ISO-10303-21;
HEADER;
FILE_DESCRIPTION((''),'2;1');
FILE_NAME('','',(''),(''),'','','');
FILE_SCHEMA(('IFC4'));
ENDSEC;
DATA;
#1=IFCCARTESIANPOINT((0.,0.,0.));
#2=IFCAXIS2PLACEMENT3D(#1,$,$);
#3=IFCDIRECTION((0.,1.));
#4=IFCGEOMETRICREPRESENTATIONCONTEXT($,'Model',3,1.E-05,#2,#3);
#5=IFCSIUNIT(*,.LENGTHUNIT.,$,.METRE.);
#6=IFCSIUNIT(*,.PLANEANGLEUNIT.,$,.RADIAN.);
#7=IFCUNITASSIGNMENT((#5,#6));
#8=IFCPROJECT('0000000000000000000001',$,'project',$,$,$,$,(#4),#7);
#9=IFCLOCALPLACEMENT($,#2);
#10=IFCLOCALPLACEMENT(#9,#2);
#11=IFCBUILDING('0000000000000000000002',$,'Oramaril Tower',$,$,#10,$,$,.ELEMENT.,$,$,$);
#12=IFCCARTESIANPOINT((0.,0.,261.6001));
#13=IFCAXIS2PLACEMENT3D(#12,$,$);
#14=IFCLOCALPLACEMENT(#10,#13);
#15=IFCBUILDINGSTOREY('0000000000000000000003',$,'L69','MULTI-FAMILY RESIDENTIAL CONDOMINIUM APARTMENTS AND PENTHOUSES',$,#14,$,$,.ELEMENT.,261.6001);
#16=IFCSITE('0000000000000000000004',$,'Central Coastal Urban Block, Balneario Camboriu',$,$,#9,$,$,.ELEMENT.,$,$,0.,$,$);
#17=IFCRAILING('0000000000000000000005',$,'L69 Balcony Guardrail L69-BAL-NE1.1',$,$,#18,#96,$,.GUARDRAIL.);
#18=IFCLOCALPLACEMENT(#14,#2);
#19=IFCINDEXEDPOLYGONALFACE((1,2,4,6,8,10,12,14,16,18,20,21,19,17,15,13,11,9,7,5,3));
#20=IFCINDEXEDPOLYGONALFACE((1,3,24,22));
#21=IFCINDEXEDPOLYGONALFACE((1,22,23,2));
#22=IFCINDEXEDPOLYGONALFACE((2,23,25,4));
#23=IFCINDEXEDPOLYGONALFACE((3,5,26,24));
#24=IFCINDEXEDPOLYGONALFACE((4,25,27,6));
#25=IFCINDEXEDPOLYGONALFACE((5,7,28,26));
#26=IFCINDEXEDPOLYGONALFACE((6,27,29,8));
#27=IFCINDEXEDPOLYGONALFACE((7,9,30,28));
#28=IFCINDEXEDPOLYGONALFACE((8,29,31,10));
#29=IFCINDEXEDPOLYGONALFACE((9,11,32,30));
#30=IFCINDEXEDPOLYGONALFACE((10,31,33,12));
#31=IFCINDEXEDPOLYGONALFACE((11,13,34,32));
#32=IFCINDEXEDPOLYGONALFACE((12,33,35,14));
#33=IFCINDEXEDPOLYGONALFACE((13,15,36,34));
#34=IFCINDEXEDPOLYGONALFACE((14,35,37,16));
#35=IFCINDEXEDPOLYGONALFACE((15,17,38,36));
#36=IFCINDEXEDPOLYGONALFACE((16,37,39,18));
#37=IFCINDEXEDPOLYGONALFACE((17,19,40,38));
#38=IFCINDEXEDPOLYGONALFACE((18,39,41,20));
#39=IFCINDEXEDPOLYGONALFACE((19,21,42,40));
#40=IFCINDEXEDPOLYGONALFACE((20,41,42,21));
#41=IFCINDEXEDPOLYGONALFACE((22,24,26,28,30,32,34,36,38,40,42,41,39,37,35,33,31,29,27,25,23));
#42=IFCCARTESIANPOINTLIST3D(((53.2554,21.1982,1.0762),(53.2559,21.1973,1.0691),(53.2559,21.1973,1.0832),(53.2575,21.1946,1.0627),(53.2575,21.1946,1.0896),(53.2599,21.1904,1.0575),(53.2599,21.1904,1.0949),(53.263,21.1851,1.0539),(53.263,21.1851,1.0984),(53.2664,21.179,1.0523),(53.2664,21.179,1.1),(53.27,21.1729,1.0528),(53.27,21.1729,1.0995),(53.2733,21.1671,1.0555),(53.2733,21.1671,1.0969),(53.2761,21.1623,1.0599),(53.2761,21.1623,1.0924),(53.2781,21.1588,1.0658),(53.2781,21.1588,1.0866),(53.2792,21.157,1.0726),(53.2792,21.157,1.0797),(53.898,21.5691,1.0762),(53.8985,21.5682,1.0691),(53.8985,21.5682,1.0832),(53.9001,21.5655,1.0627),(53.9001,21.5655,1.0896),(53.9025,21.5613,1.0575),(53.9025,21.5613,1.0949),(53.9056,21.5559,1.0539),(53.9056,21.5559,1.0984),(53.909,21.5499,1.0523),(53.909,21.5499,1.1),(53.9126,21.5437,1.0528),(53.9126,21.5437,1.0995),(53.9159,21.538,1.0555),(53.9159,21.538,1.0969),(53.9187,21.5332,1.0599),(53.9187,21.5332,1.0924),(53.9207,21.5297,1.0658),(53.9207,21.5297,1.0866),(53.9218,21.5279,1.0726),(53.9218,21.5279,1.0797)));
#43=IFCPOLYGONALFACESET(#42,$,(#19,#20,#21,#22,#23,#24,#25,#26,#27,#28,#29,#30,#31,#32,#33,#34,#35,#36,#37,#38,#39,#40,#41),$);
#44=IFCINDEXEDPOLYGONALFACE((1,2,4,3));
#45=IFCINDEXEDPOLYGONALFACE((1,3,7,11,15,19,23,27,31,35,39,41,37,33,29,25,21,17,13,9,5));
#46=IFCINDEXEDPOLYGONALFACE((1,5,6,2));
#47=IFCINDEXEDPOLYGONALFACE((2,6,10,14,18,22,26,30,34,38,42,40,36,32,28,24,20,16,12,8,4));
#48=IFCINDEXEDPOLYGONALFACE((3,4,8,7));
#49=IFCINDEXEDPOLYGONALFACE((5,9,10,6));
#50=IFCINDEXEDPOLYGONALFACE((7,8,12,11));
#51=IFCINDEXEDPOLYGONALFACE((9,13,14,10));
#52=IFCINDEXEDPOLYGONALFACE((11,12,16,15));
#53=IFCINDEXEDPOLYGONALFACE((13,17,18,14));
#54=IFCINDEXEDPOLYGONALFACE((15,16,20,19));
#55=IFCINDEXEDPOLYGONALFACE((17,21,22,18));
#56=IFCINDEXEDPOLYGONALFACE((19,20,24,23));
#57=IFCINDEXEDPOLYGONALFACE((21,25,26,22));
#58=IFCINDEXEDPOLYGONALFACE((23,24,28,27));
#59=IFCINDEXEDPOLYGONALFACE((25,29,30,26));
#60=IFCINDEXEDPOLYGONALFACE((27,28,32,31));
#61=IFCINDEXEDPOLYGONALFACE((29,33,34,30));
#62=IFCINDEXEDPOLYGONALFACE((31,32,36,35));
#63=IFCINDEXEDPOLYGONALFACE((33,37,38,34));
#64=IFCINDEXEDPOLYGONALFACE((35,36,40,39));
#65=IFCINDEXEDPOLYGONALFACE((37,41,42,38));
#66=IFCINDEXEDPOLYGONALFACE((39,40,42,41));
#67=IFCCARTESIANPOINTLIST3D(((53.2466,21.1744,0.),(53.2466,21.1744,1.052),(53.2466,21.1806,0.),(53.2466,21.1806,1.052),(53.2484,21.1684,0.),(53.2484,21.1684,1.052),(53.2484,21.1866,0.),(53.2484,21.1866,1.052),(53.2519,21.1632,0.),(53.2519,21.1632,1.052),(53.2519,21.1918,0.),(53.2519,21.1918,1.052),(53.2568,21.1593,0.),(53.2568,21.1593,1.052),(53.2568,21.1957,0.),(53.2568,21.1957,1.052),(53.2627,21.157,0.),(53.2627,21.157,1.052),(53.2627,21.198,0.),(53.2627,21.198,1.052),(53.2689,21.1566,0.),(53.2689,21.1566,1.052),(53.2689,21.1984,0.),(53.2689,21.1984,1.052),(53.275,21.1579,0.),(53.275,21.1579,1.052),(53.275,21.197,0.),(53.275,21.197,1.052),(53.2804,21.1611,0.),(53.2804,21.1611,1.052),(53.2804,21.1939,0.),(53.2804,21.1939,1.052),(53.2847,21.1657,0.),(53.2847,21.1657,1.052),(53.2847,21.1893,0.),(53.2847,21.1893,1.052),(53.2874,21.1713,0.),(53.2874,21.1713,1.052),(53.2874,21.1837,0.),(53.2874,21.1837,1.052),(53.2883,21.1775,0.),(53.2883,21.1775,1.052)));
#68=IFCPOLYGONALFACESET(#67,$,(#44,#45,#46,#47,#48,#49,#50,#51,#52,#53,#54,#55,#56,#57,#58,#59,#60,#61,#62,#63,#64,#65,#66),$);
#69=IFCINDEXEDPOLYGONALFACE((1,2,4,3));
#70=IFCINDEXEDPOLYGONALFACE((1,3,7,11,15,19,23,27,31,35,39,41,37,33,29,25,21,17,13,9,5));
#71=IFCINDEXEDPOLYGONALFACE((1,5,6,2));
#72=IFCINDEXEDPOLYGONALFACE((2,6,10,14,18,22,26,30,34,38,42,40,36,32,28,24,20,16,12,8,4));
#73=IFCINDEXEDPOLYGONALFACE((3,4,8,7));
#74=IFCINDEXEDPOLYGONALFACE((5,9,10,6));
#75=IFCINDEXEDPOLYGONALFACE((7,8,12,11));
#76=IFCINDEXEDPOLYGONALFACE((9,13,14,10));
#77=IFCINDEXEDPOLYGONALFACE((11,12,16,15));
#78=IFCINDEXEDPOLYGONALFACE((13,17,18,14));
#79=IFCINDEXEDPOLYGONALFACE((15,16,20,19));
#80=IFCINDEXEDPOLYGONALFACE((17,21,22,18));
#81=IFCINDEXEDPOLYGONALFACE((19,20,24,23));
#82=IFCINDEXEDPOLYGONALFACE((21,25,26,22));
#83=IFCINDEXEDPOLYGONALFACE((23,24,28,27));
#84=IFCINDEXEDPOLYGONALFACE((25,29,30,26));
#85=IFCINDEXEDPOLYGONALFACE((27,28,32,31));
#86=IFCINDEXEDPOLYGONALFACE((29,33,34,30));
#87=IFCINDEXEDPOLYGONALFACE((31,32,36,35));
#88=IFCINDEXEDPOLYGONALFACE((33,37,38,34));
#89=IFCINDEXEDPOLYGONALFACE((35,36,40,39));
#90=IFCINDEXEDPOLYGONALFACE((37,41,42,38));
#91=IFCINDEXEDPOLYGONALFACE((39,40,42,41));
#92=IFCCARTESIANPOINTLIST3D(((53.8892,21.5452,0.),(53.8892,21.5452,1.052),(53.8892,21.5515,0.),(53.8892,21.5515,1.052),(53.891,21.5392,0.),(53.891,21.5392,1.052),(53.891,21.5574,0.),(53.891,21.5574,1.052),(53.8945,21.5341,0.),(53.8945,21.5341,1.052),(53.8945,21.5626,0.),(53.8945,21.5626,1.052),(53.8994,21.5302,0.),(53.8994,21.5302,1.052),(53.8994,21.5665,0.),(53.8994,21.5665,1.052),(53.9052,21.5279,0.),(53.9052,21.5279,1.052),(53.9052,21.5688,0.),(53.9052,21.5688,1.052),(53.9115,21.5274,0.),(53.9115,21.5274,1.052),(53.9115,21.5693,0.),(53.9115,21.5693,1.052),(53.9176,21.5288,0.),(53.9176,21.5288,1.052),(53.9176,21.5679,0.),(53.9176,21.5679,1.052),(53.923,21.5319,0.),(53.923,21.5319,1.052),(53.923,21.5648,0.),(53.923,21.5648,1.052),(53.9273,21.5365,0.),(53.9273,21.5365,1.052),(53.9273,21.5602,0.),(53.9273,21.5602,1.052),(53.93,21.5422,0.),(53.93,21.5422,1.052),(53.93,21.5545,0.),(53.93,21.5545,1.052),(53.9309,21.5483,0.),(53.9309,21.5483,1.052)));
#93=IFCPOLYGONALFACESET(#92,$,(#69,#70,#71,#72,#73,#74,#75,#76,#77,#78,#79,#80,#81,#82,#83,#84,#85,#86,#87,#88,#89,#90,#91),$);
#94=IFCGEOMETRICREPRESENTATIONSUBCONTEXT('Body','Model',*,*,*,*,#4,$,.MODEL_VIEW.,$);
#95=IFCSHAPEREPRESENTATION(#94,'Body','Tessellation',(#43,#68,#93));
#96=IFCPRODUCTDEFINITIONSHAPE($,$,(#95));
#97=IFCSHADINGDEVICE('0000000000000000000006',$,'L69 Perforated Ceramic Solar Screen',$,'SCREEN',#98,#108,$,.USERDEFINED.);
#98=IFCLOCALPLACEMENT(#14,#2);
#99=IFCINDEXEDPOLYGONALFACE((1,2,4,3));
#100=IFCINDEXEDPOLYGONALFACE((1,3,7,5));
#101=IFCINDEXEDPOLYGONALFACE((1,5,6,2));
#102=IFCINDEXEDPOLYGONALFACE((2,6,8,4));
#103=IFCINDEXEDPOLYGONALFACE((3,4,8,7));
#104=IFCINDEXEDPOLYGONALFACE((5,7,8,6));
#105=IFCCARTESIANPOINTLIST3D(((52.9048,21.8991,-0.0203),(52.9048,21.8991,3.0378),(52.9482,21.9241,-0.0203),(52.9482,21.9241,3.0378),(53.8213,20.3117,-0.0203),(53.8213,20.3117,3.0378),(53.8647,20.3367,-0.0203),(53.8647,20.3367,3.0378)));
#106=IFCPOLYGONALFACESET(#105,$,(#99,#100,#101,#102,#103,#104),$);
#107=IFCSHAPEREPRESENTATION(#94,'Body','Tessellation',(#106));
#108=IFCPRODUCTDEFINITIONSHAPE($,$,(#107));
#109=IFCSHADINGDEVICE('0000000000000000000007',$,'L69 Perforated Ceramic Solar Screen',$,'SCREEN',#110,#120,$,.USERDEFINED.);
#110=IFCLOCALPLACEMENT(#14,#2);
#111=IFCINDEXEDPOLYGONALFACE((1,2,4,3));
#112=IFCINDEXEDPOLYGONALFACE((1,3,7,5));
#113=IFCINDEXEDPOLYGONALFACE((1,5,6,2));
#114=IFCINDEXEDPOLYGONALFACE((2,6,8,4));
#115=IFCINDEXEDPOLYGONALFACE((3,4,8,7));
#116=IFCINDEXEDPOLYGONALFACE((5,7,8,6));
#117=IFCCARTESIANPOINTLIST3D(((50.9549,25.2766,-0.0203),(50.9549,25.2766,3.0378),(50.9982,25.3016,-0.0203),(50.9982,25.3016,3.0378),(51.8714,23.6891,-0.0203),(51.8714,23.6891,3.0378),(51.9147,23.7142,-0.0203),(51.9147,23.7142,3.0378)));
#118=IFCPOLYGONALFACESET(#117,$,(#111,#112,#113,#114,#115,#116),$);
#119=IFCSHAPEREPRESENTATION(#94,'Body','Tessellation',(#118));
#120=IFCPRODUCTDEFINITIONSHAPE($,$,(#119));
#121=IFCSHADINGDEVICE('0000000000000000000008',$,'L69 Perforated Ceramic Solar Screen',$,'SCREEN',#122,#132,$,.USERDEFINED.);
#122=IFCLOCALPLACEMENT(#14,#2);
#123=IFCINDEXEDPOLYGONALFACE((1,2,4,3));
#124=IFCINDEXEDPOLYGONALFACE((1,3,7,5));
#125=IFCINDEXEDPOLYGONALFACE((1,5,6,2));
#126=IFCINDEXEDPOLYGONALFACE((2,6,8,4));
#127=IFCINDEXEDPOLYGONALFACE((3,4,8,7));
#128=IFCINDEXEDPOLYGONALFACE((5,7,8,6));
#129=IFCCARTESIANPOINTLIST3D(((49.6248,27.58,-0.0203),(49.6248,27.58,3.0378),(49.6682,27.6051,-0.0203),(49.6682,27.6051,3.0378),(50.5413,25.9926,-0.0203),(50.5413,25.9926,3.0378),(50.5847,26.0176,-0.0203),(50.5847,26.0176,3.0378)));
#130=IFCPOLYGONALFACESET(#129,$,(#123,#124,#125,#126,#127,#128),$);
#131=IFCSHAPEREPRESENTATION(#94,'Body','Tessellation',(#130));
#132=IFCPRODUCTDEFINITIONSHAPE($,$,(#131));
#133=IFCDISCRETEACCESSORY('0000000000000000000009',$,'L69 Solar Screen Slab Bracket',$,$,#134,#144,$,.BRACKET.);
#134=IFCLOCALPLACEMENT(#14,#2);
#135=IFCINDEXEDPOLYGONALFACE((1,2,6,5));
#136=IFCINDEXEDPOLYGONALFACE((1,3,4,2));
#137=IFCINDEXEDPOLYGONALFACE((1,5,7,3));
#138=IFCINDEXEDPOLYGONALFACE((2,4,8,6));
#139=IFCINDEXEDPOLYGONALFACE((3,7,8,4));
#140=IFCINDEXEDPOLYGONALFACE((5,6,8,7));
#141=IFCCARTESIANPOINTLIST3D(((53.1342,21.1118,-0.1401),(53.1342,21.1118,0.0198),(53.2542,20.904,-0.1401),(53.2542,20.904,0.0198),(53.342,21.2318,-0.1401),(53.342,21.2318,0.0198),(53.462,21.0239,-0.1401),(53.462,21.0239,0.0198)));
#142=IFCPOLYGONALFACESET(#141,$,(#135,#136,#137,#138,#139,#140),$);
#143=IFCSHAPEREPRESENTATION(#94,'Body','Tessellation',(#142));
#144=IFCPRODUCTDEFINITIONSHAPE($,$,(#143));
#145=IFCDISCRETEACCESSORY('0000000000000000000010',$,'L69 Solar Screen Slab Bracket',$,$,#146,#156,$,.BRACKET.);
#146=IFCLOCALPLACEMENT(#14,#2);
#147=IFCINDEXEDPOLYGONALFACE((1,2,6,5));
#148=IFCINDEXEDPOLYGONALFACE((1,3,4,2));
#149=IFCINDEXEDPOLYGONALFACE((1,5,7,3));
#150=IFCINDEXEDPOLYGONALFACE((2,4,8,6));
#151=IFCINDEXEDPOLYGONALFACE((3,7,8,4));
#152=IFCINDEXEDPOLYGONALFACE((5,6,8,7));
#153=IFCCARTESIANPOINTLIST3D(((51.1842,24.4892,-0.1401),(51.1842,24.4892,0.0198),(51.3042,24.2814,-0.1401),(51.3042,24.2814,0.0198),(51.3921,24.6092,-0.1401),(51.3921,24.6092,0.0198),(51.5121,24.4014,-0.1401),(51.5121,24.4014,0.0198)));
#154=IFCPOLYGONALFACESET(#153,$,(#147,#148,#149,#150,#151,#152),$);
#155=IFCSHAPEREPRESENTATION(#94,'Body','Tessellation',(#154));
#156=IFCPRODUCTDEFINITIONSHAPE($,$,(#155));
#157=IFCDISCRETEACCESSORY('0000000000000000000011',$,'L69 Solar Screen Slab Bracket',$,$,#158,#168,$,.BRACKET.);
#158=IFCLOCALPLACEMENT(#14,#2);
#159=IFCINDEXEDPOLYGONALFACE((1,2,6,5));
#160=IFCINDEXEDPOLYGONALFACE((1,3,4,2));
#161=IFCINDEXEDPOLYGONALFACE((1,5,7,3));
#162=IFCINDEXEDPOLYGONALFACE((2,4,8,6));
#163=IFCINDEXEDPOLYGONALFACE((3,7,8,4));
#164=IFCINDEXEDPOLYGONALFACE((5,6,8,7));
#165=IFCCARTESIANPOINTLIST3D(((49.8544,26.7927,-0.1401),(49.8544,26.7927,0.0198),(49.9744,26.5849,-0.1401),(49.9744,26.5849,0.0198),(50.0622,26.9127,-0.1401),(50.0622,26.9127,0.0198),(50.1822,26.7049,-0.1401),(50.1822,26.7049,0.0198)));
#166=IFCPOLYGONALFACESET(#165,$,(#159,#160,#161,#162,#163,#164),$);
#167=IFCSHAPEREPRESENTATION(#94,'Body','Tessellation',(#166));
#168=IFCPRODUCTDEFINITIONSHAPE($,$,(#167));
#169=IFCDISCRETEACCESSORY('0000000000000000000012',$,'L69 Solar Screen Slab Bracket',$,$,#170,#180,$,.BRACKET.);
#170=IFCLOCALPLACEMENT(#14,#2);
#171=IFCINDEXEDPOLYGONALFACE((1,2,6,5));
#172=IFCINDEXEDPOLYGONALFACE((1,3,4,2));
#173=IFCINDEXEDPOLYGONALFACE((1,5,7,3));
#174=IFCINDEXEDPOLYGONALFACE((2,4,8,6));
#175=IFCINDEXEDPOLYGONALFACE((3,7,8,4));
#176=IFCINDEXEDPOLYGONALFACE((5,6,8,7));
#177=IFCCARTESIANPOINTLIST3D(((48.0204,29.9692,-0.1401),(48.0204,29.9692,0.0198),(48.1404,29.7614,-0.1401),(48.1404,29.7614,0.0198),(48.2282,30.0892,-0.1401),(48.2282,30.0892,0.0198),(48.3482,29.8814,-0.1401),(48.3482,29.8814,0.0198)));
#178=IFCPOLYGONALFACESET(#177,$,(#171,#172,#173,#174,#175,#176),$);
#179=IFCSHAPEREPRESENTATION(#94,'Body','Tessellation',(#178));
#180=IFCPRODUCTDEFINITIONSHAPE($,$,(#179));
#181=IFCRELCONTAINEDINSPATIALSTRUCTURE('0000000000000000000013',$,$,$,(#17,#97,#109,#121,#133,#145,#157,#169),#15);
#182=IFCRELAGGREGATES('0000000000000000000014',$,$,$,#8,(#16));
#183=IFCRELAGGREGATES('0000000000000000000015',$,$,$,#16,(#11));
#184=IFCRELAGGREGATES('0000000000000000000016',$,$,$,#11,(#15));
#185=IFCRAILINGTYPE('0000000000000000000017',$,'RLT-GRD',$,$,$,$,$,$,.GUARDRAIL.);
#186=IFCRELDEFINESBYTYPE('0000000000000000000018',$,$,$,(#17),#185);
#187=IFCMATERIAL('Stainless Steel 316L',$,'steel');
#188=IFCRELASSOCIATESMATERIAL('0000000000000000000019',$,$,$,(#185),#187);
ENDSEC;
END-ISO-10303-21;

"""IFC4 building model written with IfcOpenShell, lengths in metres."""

from ifc_helpers import new_model, si_unit, direction, frame, origin, origin_2d, place, context, subcontext, project, spatial, rectangle, circle, extrude, material, type_object, element, save


model = new_model("IFC4")

# Units and contexts
model_context = context("Model", 3, precision=1e-05, world=origin(), true_north=direction((0.0, 1.0)))
body_context = subcontext(model_context, "Body", "Model", "MODEL_VIEW")
ifc_project = project(units=[si_unit("LENGTHUNIT", "METRE"), si_unit("PLANEANGLEUNIT", "RADIAN")], contexts=[model_context])

# Site, building, storey
site_placement = place(None, origin())
site = spatial("IfcSite", under=ifc_project, at=site_placement, Name="Central Coastal Urban Block, Balneario Camboriu", CompositionType="ELEMENT", RefElevation=0.0)
building_placement = place(site_placement, origin())
building = spatial("IfcBuilding", under=site, at=building_placement, Name="Oramaril Tower", CompositionType="ELEMENT")
storey_placement = place(building_placement, frame((0.0, 0.0, 261.6001)))
storey = spatial("IfcBuildingStorey", under=building, at=storey_placement, Name="L69", Description="MULTI-FAMILY RESIDENTIAL CONDOMINIUM APARTMENTS AND PENTHOUSES", CompositionType="ELEMENT", Elevation=261.6001)

# Railing
ifc_material_1 = material(Name="Stainless Steel 316L", Category="steel")
railing_type = type_object("IfcRailingType", Name="RLT-GRD", PredefinedType="GUARDRAIL", material=ifc_material_1)
railing_1_placement = place(storey_placement, frame((53.2673, 21.1775, 0.0)))
element("IfcRailing", 1, at=railing_1_placement, inside=storey, type_object=railing_type, Name="L69 Balcony Guardrail L69-BAL-NE1.1", PredefinedType="GUARDRAIL", context=body_context, shape_type="SweptSolid", body=[
    extrude(circle(Radius=0.0239, at=origin_2d()), frame((0.0, 0.0, 1.0762), z_axis=(0.866109, 0.499855, 0.0), x_axis=(-0.499855, 0.866109, 0.0)), (0.0, 0.0, 1.0), 0.7419),
    extrude(circle(Radius=0.021, at=origin_2d()), origin(), (0.0, 0.0, 1.0), 1.052),
    extrude(circle(Radius=0.021, at=origin_2d()), frame((0.6426, 0.3708, 0.0)), (0.0, 0.0, 1.0), 1.052),
])

# Shading devices
for number, where, z_axis, x_axis, name in (
    (2, (53.3848, 21.1179, -0.0203), (0.0, 0.0, 1.0), (-0.5, 0.866025, 0.0), "L69 Perforated Ceramic Solar Screen"),
    (3, (51.4348, 24.4954, -0.0203), (0.0, 0.0, 1.0), (-0.5, 0.866025, 0.0), "L69 Perforated Ceramic Solar Screen"),
    (4, (50.1047, 26.7988, -0.0203), (0.0, 0.0, 1.0), (-0.5, 0.866025, 0.0), "L69 Perforated Ceramic Solar Screen"),
):
    element("IfcShadingDevice", number, at=place(storey_placement, frame(where, z_axis=z_axis, x_axis=x_axis)), inside=storey, Name=name, ObjectType="SCREEN", PredefinedType="USERDEFINED", context=body_context, shape_type="SweptSolid", body=[
        extrude(rectangle(XDim=1.833, YDim=0.05, at=origin_2d()), origin(), (0.0, 0.0, 1.0), 3.0581),
    ])

# Discrete accessories
for number, where, z_axis, x_axis, name in (
    (5, (53.2981, 21.0679, -0.1401), (0.0, 0.0, 1.0), (-0.5, 0.866025, 0.0), "L69 Solar Screen Slab Bracket"),
    (6, (51.3481, 24.4453, -0.1401), (0.0, 0.0, 1.0), (-0.5, 0.866025, 0.0), "L69 Solar Screen Slab Bracket"),
    (7, (50.0183, 26.7488, -0.1401), (0.0, 0.0, 1.0), (-0.5, 0.866025, 0.0), "L69 Solar Screen Slab Bracket"),
    (8, (48.1843, 29.9253, -0.1401), (0.0, 0.0, 1.0), (-0.5, 0.866025, 0.0), "L69 Solar Screen Slab Bracket"),
):
    element("IfcDiscreteAccessory", number, at=place(storey_placement, frame(where, z_axis=z_axis, x_axis=x_axis)), inside=storey, Name=name, PredefinedType="BRACKET", context=body_context, shape_type="SweptSolid", body=[
        extrude(rectangle(XDim=0.24, YDim=0.24, at=origin_2d()), origin(), (0.0, 0.0, 1.0), 0.1599),
    ])

save(model, "model.ifc")
